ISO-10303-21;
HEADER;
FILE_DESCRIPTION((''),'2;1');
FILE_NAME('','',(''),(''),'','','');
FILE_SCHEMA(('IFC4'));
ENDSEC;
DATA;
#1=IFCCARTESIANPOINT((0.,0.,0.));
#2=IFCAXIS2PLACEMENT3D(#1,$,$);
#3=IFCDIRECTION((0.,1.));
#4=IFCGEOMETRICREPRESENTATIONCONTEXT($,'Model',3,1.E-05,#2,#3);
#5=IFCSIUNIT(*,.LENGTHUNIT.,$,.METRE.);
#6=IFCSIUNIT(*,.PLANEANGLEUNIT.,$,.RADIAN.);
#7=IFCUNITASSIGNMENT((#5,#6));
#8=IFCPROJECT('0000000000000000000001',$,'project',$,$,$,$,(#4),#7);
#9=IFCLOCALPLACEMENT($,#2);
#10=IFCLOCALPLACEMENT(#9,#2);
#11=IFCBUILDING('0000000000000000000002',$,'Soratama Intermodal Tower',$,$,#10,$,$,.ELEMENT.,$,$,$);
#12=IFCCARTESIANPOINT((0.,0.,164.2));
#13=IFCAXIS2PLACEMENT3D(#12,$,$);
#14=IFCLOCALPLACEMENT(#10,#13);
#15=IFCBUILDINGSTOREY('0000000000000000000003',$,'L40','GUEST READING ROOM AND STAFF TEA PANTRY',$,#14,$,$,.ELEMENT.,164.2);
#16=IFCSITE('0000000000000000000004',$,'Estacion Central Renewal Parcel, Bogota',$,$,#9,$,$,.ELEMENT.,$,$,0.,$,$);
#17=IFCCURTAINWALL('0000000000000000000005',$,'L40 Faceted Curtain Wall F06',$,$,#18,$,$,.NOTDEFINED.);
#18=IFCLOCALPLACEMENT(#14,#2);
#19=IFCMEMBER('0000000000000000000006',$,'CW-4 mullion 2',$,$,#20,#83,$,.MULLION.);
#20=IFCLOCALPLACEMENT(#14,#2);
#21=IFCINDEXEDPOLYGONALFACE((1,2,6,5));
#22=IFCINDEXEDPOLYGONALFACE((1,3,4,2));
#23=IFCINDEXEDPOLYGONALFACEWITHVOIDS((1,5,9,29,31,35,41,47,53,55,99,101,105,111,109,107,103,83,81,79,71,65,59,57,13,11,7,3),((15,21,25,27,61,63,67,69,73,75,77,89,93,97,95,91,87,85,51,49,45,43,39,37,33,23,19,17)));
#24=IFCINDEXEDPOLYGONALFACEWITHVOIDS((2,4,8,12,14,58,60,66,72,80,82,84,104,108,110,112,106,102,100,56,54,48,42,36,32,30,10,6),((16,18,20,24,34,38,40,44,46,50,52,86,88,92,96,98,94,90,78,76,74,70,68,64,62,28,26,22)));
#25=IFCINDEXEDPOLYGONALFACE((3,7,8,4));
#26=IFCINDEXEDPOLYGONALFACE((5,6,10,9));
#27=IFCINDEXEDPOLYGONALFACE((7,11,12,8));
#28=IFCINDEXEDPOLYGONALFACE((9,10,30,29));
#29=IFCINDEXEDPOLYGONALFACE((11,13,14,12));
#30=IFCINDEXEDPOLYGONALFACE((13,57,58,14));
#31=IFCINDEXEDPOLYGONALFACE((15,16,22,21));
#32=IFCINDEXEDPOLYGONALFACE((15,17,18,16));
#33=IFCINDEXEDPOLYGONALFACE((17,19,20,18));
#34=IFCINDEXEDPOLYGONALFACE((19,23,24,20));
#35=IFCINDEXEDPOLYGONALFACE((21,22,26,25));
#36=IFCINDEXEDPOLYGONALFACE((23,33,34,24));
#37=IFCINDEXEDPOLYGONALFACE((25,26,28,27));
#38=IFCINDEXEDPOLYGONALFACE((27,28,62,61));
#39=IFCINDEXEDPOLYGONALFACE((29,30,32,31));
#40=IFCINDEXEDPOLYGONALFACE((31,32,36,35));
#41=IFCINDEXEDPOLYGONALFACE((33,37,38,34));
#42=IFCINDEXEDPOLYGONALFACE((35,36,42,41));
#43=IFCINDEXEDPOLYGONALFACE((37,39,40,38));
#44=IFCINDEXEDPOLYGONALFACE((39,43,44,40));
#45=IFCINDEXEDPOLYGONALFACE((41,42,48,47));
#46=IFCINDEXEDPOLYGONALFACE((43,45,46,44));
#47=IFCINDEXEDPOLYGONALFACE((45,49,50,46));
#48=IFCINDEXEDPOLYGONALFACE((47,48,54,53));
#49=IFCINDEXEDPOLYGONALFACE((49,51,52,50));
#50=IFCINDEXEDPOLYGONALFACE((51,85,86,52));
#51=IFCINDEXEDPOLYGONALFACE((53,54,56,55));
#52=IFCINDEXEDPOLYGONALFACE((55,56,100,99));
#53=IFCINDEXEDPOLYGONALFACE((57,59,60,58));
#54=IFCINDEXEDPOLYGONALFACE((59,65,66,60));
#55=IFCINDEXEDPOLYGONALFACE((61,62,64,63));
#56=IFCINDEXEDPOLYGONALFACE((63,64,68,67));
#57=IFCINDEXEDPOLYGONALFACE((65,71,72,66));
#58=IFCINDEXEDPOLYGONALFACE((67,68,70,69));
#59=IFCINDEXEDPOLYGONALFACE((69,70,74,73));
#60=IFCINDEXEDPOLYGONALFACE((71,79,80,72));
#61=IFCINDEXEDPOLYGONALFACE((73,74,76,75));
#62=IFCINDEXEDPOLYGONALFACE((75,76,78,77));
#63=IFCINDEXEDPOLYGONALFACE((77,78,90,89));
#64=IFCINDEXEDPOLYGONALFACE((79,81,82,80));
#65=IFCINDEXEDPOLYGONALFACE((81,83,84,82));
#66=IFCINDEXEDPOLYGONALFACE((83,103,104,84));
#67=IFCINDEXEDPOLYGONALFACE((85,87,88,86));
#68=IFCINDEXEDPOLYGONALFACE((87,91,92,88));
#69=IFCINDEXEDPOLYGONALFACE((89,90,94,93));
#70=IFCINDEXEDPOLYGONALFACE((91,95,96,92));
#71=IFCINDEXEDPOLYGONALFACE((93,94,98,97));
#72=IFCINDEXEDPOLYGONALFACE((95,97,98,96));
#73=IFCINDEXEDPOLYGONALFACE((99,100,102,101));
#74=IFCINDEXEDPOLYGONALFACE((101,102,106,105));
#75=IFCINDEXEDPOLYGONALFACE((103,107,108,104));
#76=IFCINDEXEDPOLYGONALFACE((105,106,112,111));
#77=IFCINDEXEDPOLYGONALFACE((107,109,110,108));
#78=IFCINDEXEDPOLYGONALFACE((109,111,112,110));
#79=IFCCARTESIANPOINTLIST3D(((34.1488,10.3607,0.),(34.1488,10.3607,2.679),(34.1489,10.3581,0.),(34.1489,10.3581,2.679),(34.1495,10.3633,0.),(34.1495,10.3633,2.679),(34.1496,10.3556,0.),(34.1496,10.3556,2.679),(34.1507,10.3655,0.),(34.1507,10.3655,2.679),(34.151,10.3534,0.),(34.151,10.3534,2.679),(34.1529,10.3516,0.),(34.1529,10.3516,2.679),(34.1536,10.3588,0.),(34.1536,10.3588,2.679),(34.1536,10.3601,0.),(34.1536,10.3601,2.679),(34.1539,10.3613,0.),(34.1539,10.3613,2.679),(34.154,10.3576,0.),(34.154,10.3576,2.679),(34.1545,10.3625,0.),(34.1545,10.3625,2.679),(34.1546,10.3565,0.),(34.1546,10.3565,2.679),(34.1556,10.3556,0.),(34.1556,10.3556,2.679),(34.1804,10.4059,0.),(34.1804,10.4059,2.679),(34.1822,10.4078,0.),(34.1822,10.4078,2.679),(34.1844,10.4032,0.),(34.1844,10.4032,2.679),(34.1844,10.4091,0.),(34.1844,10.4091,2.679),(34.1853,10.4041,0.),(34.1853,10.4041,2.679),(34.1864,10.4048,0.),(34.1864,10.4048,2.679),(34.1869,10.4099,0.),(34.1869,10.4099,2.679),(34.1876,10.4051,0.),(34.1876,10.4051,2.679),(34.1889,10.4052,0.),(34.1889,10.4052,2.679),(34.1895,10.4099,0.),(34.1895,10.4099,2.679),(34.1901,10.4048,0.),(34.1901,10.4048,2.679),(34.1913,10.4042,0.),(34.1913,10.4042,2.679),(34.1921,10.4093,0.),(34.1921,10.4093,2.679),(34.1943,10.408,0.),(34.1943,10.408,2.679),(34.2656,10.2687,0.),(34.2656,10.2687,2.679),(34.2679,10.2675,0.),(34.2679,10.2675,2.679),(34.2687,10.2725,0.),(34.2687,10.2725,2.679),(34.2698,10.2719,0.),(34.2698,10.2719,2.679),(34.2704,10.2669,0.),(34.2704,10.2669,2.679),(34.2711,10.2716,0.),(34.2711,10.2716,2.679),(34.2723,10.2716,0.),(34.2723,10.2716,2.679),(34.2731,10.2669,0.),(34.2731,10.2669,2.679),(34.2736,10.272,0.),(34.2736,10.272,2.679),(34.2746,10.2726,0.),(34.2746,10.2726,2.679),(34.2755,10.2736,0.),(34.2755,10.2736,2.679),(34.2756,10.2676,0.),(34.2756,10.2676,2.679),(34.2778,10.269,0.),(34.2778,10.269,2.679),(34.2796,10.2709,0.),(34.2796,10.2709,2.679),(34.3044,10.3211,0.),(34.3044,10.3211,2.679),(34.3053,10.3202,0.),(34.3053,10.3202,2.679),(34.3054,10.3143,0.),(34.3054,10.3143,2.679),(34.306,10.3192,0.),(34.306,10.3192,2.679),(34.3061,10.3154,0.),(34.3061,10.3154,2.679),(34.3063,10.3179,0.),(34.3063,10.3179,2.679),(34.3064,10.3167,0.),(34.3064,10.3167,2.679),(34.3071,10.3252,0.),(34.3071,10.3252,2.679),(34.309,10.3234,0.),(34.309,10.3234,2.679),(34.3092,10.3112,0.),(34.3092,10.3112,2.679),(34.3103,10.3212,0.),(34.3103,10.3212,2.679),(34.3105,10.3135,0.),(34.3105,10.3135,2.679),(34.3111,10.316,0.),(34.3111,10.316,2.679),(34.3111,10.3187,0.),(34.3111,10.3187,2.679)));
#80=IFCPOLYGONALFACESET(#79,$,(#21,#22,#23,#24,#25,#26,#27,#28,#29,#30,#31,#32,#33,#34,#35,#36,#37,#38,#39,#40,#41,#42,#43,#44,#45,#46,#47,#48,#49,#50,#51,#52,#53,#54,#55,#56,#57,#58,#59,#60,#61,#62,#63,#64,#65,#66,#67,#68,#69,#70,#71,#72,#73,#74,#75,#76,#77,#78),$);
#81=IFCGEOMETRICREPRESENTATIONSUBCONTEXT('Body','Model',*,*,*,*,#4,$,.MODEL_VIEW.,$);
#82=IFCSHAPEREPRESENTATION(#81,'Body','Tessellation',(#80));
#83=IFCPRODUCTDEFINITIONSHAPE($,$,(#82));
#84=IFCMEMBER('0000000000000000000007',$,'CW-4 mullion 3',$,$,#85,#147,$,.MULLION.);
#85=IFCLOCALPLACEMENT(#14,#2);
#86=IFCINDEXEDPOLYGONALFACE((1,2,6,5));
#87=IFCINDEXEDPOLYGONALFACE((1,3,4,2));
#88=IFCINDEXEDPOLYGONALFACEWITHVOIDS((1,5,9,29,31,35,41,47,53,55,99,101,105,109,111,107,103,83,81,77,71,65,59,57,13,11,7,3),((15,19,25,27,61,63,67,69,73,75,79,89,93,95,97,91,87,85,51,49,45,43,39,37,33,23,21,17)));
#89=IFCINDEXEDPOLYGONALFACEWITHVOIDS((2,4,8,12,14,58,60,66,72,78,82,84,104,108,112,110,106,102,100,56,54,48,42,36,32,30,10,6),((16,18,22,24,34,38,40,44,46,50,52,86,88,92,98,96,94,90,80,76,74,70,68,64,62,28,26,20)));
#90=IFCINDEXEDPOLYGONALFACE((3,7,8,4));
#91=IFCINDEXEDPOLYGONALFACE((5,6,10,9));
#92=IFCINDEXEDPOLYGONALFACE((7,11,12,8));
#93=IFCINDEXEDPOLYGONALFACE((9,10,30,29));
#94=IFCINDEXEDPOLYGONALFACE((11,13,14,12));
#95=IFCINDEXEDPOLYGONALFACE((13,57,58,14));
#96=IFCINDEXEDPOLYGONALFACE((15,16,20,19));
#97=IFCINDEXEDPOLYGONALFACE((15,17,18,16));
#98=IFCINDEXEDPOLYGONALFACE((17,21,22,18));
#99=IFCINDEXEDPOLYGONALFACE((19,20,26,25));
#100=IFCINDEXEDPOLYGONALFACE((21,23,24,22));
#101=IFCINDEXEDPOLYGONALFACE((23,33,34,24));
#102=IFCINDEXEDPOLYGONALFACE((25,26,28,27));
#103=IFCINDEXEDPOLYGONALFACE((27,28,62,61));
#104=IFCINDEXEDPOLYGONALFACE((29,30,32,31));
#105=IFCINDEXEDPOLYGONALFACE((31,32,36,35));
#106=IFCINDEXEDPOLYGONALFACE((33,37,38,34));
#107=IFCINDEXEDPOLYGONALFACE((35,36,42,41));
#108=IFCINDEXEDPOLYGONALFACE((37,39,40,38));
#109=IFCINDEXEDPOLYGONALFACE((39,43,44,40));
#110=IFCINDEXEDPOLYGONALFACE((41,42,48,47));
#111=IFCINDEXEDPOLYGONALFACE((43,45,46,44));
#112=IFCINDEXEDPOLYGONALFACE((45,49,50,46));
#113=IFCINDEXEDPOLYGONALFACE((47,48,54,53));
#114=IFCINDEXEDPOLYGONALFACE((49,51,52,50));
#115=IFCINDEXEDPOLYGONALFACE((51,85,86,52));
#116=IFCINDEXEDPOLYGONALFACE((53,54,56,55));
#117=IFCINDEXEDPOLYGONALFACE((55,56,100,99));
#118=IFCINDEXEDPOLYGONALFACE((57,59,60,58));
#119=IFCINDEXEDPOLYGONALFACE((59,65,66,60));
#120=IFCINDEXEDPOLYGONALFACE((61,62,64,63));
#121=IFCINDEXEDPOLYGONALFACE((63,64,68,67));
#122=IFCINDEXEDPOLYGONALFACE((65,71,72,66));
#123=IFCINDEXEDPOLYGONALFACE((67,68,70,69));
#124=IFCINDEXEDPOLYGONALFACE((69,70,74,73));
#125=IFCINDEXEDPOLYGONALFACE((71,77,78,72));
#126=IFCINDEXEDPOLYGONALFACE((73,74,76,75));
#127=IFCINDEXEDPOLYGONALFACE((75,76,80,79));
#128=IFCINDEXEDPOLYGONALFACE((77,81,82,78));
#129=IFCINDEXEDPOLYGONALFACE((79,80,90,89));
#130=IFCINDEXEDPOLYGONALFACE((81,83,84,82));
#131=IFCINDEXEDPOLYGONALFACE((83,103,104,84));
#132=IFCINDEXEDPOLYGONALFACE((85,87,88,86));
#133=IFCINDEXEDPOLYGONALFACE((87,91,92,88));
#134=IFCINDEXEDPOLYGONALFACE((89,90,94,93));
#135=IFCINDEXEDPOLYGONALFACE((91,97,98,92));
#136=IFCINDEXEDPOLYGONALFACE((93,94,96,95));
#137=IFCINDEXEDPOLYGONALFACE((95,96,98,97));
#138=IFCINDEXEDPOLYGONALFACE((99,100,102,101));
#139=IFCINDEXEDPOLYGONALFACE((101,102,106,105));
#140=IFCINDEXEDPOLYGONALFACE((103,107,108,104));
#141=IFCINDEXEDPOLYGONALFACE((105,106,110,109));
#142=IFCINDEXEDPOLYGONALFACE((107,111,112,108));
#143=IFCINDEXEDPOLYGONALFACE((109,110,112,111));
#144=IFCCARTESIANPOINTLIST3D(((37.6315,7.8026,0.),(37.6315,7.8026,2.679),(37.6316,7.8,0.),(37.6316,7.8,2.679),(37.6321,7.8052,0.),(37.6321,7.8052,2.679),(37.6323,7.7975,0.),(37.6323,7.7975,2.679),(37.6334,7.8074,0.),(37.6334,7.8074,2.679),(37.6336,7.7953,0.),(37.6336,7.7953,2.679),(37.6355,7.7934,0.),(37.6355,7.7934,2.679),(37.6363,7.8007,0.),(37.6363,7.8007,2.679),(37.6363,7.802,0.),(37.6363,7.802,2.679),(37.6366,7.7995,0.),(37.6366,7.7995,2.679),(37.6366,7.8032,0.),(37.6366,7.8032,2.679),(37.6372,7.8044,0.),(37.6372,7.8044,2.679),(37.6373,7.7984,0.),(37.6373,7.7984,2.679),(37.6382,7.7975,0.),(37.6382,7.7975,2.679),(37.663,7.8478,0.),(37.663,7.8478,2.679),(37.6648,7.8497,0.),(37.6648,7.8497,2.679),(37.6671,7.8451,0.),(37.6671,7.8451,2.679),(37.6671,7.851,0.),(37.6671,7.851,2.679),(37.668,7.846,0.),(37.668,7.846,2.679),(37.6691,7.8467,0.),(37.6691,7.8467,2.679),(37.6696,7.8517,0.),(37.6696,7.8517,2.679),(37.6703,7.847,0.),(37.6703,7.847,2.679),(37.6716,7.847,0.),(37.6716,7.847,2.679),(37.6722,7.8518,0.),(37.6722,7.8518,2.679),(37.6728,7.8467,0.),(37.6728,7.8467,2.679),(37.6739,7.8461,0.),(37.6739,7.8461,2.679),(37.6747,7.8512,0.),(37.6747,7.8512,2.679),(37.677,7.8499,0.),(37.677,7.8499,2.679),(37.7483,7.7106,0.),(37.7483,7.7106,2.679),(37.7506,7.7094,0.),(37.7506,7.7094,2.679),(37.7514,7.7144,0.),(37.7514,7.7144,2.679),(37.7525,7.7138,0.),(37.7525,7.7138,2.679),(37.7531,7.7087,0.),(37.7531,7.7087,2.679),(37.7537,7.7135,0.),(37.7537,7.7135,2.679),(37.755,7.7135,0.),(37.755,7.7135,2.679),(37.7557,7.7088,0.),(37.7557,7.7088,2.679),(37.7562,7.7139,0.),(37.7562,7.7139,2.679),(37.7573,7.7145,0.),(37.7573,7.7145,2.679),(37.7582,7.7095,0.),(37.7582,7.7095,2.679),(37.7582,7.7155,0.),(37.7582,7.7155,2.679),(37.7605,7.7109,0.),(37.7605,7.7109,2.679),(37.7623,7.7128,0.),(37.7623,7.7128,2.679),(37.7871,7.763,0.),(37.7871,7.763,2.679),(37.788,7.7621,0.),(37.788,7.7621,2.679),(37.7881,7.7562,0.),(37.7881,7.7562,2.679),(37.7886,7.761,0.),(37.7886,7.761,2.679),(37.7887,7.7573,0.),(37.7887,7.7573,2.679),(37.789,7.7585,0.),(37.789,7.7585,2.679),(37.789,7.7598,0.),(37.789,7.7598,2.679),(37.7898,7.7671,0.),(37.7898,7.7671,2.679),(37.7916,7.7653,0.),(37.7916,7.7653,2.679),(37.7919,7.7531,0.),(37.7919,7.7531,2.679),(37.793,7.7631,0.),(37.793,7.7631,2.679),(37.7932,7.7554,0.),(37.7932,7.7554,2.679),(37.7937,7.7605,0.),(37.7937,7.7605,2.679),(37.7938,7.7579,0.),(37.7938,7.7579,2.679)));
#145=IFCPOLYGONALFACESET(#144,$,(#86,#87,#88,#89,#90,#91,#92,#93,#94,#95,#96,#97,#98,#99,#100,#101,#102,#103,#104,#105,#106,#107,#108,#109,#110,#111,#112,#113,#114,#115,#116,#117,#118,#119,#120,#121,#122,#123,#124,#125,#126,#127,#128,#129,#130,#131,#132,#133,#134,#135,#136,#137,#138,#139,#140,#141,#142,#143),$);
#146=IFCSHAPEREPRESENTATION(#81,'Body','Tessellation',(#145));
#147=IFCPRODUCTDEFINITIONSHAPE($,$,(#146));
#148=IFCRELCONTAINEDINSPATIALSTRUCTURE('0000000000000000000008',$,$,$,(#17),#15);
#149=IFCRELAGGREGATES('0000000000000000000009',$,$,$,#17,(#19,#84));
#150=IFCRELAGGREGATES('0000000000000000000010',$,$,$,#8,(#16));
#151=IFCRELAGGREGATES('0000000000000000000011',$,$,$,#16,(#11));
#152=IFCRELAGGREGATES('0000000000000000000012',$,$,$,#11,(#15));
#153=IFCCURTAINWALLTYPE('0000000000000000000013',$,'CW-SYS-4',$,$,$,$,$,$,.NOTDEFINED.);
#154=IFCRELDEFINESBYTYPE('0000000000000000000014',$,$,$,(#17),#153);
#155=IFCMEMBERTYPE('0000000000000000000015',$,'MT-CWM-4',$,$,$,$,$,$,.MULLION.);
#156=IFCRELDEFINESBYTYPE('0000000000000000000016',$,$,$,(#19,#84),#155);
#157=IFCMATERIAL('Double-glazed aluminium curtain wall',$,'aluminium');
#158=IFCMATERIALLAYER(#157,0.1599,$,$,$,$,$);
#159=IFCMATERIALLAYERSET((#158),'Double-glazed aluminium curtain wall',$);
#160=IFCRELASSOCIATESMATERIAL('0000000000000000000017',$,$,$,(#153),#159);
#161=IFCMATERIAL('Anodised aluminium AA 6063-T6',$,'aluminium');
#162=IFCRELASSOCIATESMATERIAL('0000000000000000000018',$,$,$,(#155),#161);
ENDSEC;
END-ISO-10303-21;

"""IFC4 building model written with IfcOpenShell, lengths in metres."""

from ifc_helpers import new_model, si_unit, direction, frame, origin, origin_2d, place, context, subcontext, project, spatial, hollow_rectangle, extrude, material, layer, layer_set, material_profile, profile_set, type_object, element, aggregate, save


model = new_model("IFC4")

# Units and contexts
model_context = context("Model", 3, precision=1e-05, world=origin(), true_north=direction((0.0, 1.0)))
body_context = subcontext(model_context, "Body", "Model", "MODEL_VIEW")
ifc_project = project(units=[si_unit("LENGTHUNIT", "METRE"), si_unit("PLANEANGLEUNIT", "RADIAN")], contexts=[model_context])

# Site, building, storey
site_placement = place(None, origin())
site = spatial("IfcSite", under=ifc_project, at=site_placement, Name="Estacion Central Renewal Parcel, Bogota", CompositionType="ELEMENT", RefElevation=0.0)
building_placement = place(site_placement, origin())
building = spatial("IfcBuilding", under=site, at=building_placement, Name="Soratama Intermodal Tower", CompositionType="ELEMENT")
storey_placement = place(building_placement, frame((0.0, 0.0, 164.2)))
storey = spatial("IfcBuildingStorey", under=building, at=storey_placement, Name="L40", Description="GUEST READING ROOM AND STAFF TEA PANTRY", CompositionType="ELEMENT", Elevation=164.2)

# Curtain wall, members
ifc_material_1 = material(Name="Double-glazed aluminium curtain wall", Category="aluminium")
ifc_layer_1 = layer(ifc_material_1, 0.1599)
ifc_layer_set_1 = layer_set([ifc_layer_1], Name="Double-glazed aluminium curtain wall")
curtain_wall_type = type_object("IfcCurtainWallType", Name="CW-SYS-4", PredefinedType="NOTDEFINED", material=ifc_layer_set_1)
curtain_wall_placement = place(storey_placement, origin())
curtain_wall = element("IfcCurtainWall", 1, at=curtain_wall_placement, inside=storey, type_object=curtain_wall_type, Name="L40 Faceted Curtain Wall F06", PredefinedType="NOTDEFINED")
ifc_material_2 = material(Name="Anodised aluminium AA 6063-T6", Category="aluminium")
ifc_material_profile_1 = material_profile(ifc_material_2, hollow_rectangle(XDim=0.0701, YDim=0.1599, WallThickness=0.0049, InnerFilletRadius=0.0049, OuterFilletRadius=0.01, at=origin_2d()), Name="CWM160X70X5")
ifc_profile_set_1 = profile_set([ifc_material_profile_1], Name="Anodised aluminium AA 6063-T6")
member_type_1 = type_object("IfcMemberType", Name="MT-CWM-4", PredefinedType="MULLION", material=ifc_profile_set_1)
member_1_placement = place(storey_placement, frame((34.23, 10.3384, 0.0), z_axis=(0.0, 0.0, 1.0), x_axis=(0.592015, 0.805927, 0.0)))
member_1 = element("IfcMember", 2, at=member_1_placement, type_object=member_type_1, Name="CW-4 mullion 2", PredefinedType="MULLION", context=body_context, shape_type="SweptSolid", body=[
    extrude(hollow_rectangle(XDim=0.0701, YDim=0.1599, WallThickness=0.0049, InnerFilletRadius=0.0049, OuterFilletRadius=0.01, at=origin_2d()), origin(), (0.0, 0.0, 1.0), 2.679),
])
member_2_placement = place(storey_placement, frame((37.7126, 7.7803, 0.0), z_axis=(0.0, 0.0, 1.0), x_axis=(0.592015, 0.805927, 0.0)))
member_2 = element("IfcMember", 3, at=member_2_placement, type_object=member_type_1, Name="CW-4 mullion 3", PredefinedType="MULLION", context=body_context, shape_type="SweptSolid", body=[
    extrude(hollow_rectangle(XDim=0.0701, YDim=0.1599, WallThickness=0.0049, InnerFilletRadius=0.0049, OuterFilletRadius=0.01, at=origin_2d()), origin(), (0.0, 0.0, 1.0), 2.679),
])
aggregate(curtain_wall, [member_1, member_2])

save(model, "model.ifc")
